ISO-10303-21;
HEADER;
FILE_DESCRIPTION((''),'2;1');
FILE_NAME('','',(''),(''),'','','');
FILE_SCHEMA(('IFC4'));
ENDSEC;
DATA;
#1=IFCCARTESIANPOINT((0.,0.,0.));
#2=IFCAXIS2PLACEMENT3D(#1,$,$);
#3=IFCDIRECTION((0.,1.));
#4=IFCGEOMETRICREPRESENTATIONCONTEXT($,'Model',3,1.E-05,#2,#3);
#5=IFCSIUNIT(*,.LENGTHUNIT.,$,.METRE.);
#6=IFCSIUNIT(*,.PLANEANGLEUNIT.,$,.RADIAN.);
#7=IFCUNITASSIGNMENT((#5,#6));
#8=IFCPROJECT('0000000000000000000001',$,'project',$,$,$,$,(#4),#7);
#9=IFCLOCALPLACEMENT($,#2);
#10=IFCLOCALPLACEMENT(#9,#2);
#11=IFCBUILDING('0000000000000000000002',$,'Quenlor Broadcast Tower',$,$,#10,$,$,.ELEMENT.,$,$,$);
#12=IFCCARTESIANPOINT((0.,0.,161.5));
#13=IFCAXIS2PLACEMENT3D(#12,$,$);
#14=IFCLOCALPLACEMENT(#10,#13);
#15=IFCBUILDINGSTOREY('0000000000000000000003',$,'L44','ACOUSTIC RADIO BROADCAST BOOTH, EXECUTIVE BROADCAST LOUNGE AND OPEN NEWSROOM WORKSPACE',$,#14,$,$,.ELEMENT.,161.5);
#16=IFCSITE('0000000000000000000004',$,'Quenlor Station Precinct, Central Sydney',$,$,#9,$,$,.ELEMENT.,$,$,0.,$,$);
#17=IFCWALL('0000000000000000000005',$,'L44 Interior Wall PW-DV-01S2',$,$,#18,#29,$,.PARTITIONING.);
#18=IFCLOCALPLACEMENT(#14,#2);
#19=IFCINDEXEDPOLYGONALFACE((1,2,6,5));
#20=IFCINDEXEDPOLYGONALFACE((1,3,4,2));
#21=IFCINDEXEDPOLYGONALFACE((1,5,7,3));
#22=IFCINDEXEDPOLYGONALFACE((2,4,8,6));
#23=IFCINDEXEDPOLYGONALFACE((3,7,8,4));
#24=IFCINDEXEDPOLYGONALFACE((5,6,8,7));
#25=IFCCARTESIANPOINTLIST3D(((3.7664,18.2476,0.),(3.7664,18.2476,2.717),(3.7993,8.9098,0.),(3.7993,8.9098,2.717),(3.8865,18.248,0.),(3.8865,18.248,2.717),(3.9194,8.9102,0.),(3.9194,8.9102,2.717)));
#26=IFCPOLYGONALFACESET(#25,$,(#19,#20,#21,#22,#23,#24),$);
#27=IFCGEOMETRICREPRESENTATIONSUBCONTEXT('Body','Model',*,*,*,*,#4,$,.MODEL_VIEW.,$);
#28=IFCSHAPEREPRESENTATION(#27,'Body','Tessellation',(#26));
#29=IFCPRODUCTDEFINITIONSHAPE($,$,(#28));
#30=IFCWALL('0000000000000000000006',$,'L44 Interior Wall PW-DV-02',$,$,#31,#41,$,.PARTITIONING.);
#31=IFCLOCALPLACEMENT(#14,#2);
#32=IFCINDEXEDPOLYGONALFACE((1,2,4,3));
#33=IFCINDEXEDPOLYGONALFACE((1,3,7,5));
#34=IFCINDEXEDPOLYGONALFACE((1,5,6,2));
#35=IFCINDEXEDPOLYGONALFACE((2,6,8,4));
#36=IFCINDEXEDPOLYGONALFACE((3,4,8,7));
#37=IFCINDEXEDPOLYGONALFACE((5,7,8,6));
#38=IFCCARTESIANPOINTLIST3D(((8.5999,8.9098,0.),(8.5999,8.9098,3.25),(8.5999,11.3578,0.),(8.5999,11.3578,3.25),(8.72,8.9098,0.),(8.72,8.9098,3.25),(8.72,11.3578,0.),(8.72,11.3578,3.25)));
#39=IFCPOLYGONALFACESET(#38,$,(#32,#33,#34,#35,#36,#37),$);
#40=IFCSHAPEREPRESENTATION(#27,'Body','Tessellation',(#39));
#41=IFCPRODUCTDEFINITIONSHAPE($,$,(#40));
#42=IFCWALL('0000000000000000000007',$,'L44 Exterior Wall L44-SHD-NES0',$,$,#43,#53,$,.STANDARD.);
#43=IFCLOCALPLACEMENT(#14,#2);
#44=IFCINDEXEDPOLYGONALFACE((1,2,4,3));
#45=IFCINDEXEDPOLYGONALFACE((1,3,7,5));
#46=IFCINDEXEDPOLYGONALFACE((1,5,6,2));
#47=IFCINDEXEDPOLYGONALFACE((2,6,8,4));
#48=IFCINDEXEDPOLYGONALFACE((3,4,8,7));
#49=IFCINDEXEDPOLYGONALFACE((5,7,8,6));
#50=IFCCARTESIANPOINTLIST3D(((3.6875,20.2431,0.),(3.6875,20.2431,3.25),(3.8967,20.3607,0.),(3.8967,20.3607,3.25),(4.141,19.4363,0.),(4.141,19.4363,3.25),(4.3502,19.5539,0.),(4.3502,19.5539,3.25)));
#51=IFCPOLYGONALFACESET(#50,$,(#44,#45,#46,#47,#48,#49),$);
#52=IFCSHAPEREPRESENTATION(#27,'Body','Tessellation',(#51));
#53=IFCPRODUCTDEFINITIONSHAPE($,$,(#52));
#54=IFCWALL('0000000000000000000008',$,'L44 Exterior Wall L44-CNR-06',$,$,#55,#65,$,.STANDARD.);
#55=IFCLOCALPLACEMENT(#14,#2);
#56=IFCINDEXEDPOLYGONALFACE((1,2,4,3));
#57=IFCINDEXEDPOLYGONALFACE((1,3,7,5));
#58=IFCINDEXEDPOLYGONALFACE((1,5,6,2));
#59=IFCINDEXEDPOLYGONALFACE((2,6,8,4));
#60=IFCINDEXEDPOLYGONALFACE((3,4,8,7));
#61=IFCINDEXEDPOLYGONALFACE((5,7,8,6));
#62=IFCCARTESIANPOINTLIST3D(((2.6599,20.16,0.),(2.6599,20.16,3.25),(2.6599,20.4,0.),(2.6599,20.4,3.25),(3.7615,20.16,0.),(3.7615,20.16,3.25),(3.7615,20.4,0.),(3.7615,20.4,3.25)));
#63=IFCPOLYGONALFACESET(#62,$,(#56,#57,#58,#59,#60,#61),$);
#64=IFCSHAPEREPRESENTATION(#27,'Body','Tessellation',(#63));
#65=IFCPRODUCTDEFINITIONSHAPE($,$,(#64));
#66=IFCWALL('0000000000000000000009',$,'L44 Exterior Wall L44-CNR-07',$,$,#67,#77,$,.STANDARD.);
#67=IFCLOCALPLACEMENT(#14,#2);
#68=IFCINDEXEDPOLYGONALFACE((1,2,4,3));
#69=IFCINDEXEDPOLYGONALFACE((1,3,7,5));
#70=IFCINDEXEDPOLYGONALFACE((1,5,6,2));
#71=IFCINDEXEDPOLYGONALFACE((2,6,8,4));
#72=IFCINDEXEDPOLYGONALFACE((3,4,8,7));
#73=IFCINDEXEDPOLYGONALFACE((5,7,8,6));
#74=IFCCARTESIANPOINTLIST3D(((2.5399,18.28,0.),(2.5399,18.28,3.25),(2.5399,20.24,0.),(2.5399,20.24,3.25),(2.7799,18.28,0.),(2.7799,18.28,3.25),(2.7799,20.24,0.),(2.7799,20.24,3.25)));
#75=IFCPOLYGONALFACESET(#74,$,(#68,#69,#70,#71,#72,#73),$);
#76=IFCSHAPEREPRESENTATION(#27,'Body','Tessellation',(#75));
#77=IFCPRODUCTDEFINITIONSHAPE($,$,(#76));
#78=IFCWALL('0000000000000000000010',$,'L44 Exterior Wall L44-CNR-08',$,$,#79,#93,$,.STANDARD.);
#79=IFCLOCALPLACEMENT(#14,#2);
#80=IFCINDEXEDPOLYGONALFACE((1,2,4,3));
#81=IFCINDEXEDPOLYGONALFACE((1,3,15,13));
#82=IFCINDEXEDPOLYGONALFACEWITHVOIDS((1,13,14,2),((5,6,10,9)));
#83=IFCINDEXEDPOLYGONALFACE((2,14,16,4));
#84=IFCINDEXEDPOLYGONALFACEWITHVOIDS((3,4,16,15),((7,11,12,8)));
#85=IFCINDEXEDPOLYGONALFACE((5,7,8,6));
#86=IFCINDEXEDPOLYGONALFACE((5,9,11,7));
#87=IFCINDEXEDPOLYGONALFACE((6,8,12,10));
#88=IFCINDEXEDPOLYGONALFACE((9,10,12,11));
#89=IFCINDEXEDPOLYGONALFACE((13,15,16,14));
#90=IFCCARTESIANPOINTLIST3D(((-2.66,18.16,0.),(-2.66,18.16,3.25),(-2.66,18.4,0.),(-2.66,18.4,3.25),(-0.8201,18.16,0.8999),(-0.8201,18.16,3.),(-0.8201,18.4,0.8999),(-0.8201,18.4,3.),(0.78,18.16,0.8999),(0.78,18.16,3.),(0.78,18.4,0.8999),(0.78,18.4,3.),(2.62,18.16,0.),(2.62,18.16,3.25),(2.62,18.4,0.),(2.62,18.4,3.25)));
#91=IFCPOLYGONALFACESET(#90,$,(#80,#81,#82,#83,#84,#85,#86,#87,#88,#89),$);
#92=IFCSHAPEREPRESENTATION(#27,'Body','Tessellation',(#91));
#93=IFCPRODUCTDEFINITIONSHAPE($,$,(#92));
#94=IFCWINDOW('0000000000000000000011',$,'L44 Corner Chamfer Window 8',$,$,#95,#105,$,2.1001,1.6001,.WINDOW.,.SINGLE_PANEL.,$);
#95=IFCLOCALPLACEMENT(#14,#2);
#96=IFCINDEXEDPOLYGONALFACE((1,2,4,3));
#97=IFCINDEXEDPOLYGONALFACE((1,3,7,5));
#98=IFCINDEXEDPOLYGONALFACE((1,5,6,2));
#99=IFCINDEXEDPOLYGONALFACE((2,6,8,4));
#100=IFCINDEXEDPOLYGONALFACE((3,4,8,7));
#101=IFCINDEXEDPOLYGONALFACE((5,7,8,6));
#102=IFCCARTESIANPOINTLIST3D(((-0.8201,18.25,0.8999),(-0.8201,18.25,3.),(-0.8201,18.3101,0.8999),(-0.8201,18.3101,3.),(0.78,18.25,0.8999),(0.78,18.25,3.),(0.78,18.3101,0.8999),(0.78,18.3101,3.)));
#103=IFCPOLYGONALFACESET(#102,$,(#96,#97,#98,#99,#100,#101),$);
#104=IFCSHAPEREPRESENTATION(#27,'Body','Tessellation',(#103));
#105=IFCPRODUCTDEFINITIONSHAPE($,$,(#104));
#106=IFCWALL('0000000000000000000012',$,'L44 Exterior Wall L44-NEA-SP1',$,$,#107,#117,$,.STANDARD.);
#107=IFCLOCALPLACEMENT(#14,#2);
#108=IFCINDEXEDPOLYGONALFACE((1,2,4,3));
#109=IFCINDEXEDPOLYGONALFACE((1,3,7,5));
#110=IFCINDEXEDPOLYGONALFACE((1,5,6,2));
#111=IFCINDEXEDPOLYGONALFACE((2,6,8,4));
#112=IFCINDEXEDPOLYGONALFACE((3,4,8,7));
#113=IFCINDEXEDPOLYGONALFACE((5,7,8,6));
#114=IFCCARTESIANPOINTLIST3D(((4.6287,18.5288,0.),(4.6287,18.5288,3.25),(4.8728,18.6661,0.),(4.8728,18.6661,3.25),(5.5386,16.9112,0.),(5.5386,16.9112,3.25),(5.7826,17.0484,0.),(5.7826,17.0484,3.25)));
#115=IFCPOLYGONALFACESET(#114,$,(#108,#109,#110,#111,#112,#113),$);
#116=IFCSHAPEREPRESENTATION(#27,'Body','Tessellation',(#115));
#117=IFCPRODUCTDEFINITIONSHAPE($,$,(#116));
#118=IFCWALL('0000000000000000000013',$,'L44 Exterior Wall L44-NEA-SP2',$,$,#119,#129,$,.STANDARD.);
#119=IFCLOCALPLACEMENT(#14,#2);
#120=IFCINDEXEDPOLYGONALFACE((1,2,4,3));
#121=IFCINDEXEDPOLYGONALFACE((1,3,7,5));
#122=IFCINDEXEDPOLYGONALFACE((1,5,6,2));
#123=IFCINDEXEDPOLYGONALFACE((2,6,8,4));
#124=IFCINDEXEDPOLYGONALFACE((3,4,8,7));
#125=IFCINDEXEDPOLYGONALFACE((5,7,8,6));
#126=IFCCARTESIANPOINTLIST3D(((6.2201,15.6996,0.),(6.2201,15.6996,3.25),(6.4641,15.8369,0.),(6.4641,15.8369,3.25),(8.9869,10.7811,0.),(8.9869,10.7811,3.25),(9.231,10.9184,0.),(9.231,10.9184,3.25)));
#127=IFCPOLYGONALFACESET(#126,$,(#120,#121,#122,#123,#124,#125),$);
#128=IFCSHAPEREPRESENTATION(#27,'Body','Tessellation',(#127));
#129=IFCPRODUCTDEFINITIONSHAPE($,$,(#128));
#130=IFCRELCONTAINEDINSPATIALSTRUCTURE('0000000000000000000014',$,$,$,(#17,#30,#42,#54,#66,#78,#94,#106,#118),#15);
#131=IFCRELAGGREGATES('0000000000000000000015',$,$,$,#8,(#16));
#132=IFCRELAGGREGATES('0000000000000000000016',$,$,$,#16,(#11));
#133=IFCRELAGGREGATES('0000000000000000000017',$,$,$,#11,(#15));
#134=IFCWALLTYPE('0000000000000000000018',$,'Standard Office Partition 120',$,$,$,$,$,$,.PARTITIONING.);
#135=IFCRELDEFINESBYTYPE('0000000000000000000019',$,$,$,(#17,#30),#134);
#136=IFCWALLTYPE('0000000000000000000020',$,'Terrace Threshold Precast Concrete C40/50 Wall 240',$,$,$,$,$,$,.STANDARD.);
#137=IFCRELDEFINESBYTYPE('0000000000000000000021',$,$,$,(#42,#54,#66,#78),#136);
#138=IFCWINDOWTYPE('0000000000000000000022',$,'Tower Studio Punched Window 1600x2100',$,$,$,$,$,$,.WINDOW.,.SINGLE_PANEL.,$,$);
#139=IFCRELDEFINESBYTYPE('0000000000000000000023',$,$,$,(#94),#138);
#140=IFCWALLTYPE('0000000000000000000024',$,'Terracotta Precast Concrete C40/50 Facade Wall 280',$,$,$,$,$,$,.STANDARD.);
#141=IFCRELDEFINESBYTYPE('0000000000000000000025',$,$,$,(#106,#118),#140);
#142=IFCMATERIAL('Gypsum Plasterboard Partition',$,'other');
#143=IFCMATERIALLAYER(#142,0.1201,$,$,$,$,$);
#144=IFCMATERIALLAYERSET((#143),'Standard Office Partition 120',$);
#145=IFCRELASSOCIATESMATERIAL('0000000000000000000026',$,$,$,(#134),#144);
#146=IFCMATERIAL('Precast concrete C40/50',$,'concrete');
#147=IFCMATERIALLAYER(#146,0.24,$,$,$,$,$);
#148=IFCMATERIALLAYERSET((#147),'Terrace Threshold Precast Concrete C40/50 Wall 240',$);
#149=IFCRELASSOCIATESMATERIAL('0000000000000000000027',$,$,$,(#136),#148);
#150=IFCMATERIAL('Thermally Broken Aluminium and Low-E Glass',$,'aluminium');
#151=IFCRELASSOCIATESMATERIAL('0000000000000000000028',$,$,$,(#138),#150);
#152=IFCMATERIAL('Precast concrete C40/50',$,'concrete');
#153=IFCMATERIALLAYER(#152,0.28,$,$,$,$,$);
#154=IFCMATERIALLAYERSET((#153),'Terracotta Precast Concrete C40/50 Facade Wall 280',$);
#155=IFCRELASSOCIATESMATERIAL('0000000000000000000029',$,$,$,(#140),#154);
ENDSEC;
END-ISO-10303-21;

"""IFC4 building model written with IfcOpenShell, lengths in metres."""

from ifc_helpers import new_model, si_unit, direction, frame, frame_2d, origin, place, context, subcontext, project, spatial, rectangle, extrude, material, layer, layer_set, type_object, element, fill, save


model = new_model("IFC4")

# Units and contexts
model_context = context("Model", 3, precision=1e-05, world=origin(), true_north=direction((0.0, 1.0)))
body_context = subcontext(model_context, "Body", "Model", "MODEL_VIEW")
ifc_project = project(units=[si_unit("LENGTHUNIT", "METRE"), si_unit("PLANEANGLEUNIT", "RADIAN")], contexts=[model_context])

# Site, building, storey
site_placement = place(None, origin())
site = spatial("IfcSite", under=ifc_project, at=site_placement, Name="Quenlor Station Precinct, Central Sydney", CompositionType="ELEMENT", RefElevation=0.0)
building_placement = place(site_placement, origin())
building = spatial("IfcBuilding", under=site, at=building_placement, Name="Quenlor Broadcast Tower", CompositionType="ELEMENT")
storey_placement = place(building_placement, frame((0.0, 0.0, 161.5)))
storey = spatial("IfcBuildingStorey", under=building, at=storey_placement, Name="L44", Description="ACOUSTIC RADIO BROADCAST BOOTH, EXECUTIVE BROADCAST LOUNGE AND OPEN NEWSROOM WORKSPACE", CompositionType="ELEMENT", Elevation=161.5)

# Walls
ifc_material_1 = material(Name="Gypsum Plasterboard Partition", Category="other")
ifc_layer_1 = layer(ifc_material_1, 0.1201)
ifc_layer_set_1 = layer_set([ifc_layer_1], Name="Standard Office Partition 120")
wall_type_1 = type_object("IfcWallType", Name="Standard Office Partition 120", PredefinedType="PARTITIONING", material=ifc_layer_set_1)
wall_1_placement = place(storey_placement, frame((3.8264, 18.2478, 0.0), z_axis=(0.0, 0.0, 1.0), x_axis=(0.00353, -0.999994, 0.0)))
element("IfcWall", 1, at=wall_1_placement, inside=storey, type_object=wall_type_1, Name="L44 Interior Wall PW-DV-01S2", PredefinedType="PARTITIONING", context=body_context, shape_type="SweptSolid", body=[
    extrude(rectangle(XDim=9.3379, YDim=0.1201, at=frame_2d((4.6689, 0.0))), origin(), (0.0, 0.0, 1.0), 2.717),
])
wall_2_placement = place(storey_placement, frame((8.6599, 11.3579, 0.0), z_axis=(0.0, 0.0, 1.0), x_axis=(0.0, -1.0, 0.0)))
element("IfcWall", 2, at=wall_2_placement, inside=storey, type_object=wall_type_1, Name="L44 Interior Wall PW-DV-02", PredefinedType="PARTITIONING", context=body_context, shape_type="SweptSolid", body=[
    extrude(rectangle(XDim=2.448, YDim=0.1201, at=frame_2d((1.2241, 0.0))), origin(), (0.0, 0.0, 1.0), 3.25),
])
ifc_material_2 = material(Name="Precast concrete C40/50", Category="concrete")
ifc_layer_2 = layer(ifc_material_2, 0.24)
ifc_layer_set_2 = layer_set([ifc_layer_2], Name="Terrace Threshold Precast Concrete C40/50 Wall 240")
wall_type_2 = type_object("IfcWallType", Name="Terrace Threshold Precast Concrete C40/50 Wall 240", PredefinedType="STANDARD", material=ifc_layer_set_2)
wall_3_placement = place(storey_placement, frame((3.792, 20.302, 0.0), z_axis=(0.0, 0.0, 1.0), x_axis=(0.490048, -0.871695, 0.0)))
element("IfcWall", 3, at=wall_3_placement, inside=storey, type_object=wall_type_2, Name="L44 Exterior Wall L44-SHD-NES0", PredefinedType="STANDARD", context=body_context, shape_type="SweptSolid", body=[
    extrude(rectangle(XDim=0.9255, YDim=0.24, at=frame_2d((0.4629, 0.0))), origin(), (0.0, 0.0, 1.0), 3.25),
])
wall_4_placement = place(storey_placement, frame((3.7615, 20.28, 0.0), z_axis=(0.0, 0.0, 1.0), x_axis=(-1.0, 0.0, 0.0)))
element("IfcWall", 4, at=wall_4_placement, inside=storey, type_object=wall_type_2, Name="L44 Exterior Wall L44-CNR-06", PredefinedType="STANDARD", context=body_context, shape_type="SweptSolid", body=[
    extrude(rectangle(XDim=1.1016, YDim=0.24, at=frame_2d((0.5508, 0.0))), origin(), (0.0, 0.0, 1.0), 3.25),
])
wall_5_placement = place(storey_placement, frame((2.6599, 20.24, 0.0), z_axis=(0.0, 0.0, 1.0), x_axis=(0.0, -1.0, 0.0)))
element("IfcWall", 5, at=wall_5_placement, inside=storey, type_object=wall_type_2, Name="L44 Exterior Wall L44-CNR-07", PredefinedType="STANDARD", context=body_context, shape_type="SweptSolid", body=[
    extrude(rectangle(XDim=1.96, YDim=0.24, at=frame_2d((0.98, 0.0))), origin(), (0.0, 0.0, 1.0), 3.25),
])

# Wall, opening, window
wall_6_placement = place(storey_placement, frame((2.6201, 18.28, 0.0), z_axis=(0.0, 0.0, 1.0), x_axis=(-1.0, 0.0, 0.0)))
wall_6 = element("IfcWall", 6, at=wall_6_placement, inside=storey, type_object=wall_type_2, Name="L44 Exterior Wall L44-CNR-08", PredefinedType="STANDARD", context=body_context, shape_type="SweptSolid", body=[
    extrude(rectangle(XDim=5.28, YDim=0.24, at=frame_2d((2.6401, 0.0))), origin(), (0.0, 0.0, 1.0), 3.25),
])
opening_placement = place(wall_6_placement, frame((1.8401, 0.0, 0.8999)))
opening = element("IfcOpeningElement", 7, at=opening_placement, cuts=wall_6, PredefinedType="OPENING", context=body_context, shape_type="SweptSolid", body=[
    extrude(rectangle(XDim=1.6001, YDim=2.1001, at=frame_2d((0.8, 1.05))), frame((0.0, 0.1299, 0.0), z_axis=(0.0, -1.0, 0.0), x_axis=(1.0, 0.0, 0.0)), (0.0, 0.0, 1.0), 0.26),
])
ifc_material_3 = material(Name="Thermally Broken Aluminium and Low-E Glass", Category="aluminium")
window_type = type_object("IfcWindowType", Name="Tower Studio Punched Window 1600x2100", PartitioningType="SINGLE_PANEL", PredefinedType="WINDOW", material=ifc_material_3)
window_placement = place(opening_placement, origin())
window = element("IfcWindow", 8, at=window_placement, inside=storey, type_object=window_type, Name="L44 Corner Chamfer Window 8", OverallHeight=2.1001, OverallWidth=1.6001, PartitioningType="SINGLE_PANEL", PredefinedType="WINDOW", context=body_context, shape_type="SweptSolid", body=[
    extrude(rectangle(XDim=1.6001, YDim=2.1001, at=frame_2d((0.8, 1.05))), frame((0.0, 0.03, 0.0), z_axis=(0.0, -1.0, 0.0), x_axis=(1.0, 0.0, 0.0)), (0.0, 0.0, 1.0), 0.0601),
])
fill(opening, window)

# Walls
ifc_material_4 = material(Name="Precast concrete C40/50", Category="concrete")
ifc_layer_3 = layer(ifc_material_4, 0.28)
ifc_layer_set_3 = layer_set([ifc_layer_3], Name="Terracotta Precast Concrete C40/50 Facade Wall 280")
wall_type_3 = type_object("IfcWallType", Name="Terracotta Precast Concrete C40/50 Facade Wall 280", PredefinedType="STANDARD", material=ifc_layer_set_3)
wall_7_placement = place(storey_placement, frame((4.7507, 18.5974, 0.0), z_axis=(0.0, 0.0, 1.0), x_axis=(0.490249, -0.871583, 0.0)))
element("IfcWall", 9, at=wall_7_placement, inside=storey, type_object=wall_type_3, Name="L44 Exterior Wall L44-NEA-SP1", PredefinedType="STANDARD", context=body_context, shape_type="SweptSolid", body=[
    extrude(rectangle(XDim=1.856, YDim=0.28, at=frame_2d((0.928, 0.0))), origin(), (0.0, 0.0, 1.0), 3.25),
])
wall_8_placement = place(storey_placement, frame((6.342, 15.7683, 0.0), z_axis=(0.0, 0.0, 1.0), x_axis=(0.49029, -0.871559, 0.0)))
element("IfcWall", 10, at=wall_8_placement, inside=storey, type_object=wall_type_3, Name="L44 Exterior Wall L44-NEA-SP2", PredefinedType="STANDARD", context=body_context, shape_type="SweptSolid", body=[
    extrude(rectangle(XDim=5.6433, YDim=0.28, at=frame_2d((2.8218, 0.0))), origin(), (0.0, 0.0, 1.0), 3.25),
])

save(model, "model.ifc")
